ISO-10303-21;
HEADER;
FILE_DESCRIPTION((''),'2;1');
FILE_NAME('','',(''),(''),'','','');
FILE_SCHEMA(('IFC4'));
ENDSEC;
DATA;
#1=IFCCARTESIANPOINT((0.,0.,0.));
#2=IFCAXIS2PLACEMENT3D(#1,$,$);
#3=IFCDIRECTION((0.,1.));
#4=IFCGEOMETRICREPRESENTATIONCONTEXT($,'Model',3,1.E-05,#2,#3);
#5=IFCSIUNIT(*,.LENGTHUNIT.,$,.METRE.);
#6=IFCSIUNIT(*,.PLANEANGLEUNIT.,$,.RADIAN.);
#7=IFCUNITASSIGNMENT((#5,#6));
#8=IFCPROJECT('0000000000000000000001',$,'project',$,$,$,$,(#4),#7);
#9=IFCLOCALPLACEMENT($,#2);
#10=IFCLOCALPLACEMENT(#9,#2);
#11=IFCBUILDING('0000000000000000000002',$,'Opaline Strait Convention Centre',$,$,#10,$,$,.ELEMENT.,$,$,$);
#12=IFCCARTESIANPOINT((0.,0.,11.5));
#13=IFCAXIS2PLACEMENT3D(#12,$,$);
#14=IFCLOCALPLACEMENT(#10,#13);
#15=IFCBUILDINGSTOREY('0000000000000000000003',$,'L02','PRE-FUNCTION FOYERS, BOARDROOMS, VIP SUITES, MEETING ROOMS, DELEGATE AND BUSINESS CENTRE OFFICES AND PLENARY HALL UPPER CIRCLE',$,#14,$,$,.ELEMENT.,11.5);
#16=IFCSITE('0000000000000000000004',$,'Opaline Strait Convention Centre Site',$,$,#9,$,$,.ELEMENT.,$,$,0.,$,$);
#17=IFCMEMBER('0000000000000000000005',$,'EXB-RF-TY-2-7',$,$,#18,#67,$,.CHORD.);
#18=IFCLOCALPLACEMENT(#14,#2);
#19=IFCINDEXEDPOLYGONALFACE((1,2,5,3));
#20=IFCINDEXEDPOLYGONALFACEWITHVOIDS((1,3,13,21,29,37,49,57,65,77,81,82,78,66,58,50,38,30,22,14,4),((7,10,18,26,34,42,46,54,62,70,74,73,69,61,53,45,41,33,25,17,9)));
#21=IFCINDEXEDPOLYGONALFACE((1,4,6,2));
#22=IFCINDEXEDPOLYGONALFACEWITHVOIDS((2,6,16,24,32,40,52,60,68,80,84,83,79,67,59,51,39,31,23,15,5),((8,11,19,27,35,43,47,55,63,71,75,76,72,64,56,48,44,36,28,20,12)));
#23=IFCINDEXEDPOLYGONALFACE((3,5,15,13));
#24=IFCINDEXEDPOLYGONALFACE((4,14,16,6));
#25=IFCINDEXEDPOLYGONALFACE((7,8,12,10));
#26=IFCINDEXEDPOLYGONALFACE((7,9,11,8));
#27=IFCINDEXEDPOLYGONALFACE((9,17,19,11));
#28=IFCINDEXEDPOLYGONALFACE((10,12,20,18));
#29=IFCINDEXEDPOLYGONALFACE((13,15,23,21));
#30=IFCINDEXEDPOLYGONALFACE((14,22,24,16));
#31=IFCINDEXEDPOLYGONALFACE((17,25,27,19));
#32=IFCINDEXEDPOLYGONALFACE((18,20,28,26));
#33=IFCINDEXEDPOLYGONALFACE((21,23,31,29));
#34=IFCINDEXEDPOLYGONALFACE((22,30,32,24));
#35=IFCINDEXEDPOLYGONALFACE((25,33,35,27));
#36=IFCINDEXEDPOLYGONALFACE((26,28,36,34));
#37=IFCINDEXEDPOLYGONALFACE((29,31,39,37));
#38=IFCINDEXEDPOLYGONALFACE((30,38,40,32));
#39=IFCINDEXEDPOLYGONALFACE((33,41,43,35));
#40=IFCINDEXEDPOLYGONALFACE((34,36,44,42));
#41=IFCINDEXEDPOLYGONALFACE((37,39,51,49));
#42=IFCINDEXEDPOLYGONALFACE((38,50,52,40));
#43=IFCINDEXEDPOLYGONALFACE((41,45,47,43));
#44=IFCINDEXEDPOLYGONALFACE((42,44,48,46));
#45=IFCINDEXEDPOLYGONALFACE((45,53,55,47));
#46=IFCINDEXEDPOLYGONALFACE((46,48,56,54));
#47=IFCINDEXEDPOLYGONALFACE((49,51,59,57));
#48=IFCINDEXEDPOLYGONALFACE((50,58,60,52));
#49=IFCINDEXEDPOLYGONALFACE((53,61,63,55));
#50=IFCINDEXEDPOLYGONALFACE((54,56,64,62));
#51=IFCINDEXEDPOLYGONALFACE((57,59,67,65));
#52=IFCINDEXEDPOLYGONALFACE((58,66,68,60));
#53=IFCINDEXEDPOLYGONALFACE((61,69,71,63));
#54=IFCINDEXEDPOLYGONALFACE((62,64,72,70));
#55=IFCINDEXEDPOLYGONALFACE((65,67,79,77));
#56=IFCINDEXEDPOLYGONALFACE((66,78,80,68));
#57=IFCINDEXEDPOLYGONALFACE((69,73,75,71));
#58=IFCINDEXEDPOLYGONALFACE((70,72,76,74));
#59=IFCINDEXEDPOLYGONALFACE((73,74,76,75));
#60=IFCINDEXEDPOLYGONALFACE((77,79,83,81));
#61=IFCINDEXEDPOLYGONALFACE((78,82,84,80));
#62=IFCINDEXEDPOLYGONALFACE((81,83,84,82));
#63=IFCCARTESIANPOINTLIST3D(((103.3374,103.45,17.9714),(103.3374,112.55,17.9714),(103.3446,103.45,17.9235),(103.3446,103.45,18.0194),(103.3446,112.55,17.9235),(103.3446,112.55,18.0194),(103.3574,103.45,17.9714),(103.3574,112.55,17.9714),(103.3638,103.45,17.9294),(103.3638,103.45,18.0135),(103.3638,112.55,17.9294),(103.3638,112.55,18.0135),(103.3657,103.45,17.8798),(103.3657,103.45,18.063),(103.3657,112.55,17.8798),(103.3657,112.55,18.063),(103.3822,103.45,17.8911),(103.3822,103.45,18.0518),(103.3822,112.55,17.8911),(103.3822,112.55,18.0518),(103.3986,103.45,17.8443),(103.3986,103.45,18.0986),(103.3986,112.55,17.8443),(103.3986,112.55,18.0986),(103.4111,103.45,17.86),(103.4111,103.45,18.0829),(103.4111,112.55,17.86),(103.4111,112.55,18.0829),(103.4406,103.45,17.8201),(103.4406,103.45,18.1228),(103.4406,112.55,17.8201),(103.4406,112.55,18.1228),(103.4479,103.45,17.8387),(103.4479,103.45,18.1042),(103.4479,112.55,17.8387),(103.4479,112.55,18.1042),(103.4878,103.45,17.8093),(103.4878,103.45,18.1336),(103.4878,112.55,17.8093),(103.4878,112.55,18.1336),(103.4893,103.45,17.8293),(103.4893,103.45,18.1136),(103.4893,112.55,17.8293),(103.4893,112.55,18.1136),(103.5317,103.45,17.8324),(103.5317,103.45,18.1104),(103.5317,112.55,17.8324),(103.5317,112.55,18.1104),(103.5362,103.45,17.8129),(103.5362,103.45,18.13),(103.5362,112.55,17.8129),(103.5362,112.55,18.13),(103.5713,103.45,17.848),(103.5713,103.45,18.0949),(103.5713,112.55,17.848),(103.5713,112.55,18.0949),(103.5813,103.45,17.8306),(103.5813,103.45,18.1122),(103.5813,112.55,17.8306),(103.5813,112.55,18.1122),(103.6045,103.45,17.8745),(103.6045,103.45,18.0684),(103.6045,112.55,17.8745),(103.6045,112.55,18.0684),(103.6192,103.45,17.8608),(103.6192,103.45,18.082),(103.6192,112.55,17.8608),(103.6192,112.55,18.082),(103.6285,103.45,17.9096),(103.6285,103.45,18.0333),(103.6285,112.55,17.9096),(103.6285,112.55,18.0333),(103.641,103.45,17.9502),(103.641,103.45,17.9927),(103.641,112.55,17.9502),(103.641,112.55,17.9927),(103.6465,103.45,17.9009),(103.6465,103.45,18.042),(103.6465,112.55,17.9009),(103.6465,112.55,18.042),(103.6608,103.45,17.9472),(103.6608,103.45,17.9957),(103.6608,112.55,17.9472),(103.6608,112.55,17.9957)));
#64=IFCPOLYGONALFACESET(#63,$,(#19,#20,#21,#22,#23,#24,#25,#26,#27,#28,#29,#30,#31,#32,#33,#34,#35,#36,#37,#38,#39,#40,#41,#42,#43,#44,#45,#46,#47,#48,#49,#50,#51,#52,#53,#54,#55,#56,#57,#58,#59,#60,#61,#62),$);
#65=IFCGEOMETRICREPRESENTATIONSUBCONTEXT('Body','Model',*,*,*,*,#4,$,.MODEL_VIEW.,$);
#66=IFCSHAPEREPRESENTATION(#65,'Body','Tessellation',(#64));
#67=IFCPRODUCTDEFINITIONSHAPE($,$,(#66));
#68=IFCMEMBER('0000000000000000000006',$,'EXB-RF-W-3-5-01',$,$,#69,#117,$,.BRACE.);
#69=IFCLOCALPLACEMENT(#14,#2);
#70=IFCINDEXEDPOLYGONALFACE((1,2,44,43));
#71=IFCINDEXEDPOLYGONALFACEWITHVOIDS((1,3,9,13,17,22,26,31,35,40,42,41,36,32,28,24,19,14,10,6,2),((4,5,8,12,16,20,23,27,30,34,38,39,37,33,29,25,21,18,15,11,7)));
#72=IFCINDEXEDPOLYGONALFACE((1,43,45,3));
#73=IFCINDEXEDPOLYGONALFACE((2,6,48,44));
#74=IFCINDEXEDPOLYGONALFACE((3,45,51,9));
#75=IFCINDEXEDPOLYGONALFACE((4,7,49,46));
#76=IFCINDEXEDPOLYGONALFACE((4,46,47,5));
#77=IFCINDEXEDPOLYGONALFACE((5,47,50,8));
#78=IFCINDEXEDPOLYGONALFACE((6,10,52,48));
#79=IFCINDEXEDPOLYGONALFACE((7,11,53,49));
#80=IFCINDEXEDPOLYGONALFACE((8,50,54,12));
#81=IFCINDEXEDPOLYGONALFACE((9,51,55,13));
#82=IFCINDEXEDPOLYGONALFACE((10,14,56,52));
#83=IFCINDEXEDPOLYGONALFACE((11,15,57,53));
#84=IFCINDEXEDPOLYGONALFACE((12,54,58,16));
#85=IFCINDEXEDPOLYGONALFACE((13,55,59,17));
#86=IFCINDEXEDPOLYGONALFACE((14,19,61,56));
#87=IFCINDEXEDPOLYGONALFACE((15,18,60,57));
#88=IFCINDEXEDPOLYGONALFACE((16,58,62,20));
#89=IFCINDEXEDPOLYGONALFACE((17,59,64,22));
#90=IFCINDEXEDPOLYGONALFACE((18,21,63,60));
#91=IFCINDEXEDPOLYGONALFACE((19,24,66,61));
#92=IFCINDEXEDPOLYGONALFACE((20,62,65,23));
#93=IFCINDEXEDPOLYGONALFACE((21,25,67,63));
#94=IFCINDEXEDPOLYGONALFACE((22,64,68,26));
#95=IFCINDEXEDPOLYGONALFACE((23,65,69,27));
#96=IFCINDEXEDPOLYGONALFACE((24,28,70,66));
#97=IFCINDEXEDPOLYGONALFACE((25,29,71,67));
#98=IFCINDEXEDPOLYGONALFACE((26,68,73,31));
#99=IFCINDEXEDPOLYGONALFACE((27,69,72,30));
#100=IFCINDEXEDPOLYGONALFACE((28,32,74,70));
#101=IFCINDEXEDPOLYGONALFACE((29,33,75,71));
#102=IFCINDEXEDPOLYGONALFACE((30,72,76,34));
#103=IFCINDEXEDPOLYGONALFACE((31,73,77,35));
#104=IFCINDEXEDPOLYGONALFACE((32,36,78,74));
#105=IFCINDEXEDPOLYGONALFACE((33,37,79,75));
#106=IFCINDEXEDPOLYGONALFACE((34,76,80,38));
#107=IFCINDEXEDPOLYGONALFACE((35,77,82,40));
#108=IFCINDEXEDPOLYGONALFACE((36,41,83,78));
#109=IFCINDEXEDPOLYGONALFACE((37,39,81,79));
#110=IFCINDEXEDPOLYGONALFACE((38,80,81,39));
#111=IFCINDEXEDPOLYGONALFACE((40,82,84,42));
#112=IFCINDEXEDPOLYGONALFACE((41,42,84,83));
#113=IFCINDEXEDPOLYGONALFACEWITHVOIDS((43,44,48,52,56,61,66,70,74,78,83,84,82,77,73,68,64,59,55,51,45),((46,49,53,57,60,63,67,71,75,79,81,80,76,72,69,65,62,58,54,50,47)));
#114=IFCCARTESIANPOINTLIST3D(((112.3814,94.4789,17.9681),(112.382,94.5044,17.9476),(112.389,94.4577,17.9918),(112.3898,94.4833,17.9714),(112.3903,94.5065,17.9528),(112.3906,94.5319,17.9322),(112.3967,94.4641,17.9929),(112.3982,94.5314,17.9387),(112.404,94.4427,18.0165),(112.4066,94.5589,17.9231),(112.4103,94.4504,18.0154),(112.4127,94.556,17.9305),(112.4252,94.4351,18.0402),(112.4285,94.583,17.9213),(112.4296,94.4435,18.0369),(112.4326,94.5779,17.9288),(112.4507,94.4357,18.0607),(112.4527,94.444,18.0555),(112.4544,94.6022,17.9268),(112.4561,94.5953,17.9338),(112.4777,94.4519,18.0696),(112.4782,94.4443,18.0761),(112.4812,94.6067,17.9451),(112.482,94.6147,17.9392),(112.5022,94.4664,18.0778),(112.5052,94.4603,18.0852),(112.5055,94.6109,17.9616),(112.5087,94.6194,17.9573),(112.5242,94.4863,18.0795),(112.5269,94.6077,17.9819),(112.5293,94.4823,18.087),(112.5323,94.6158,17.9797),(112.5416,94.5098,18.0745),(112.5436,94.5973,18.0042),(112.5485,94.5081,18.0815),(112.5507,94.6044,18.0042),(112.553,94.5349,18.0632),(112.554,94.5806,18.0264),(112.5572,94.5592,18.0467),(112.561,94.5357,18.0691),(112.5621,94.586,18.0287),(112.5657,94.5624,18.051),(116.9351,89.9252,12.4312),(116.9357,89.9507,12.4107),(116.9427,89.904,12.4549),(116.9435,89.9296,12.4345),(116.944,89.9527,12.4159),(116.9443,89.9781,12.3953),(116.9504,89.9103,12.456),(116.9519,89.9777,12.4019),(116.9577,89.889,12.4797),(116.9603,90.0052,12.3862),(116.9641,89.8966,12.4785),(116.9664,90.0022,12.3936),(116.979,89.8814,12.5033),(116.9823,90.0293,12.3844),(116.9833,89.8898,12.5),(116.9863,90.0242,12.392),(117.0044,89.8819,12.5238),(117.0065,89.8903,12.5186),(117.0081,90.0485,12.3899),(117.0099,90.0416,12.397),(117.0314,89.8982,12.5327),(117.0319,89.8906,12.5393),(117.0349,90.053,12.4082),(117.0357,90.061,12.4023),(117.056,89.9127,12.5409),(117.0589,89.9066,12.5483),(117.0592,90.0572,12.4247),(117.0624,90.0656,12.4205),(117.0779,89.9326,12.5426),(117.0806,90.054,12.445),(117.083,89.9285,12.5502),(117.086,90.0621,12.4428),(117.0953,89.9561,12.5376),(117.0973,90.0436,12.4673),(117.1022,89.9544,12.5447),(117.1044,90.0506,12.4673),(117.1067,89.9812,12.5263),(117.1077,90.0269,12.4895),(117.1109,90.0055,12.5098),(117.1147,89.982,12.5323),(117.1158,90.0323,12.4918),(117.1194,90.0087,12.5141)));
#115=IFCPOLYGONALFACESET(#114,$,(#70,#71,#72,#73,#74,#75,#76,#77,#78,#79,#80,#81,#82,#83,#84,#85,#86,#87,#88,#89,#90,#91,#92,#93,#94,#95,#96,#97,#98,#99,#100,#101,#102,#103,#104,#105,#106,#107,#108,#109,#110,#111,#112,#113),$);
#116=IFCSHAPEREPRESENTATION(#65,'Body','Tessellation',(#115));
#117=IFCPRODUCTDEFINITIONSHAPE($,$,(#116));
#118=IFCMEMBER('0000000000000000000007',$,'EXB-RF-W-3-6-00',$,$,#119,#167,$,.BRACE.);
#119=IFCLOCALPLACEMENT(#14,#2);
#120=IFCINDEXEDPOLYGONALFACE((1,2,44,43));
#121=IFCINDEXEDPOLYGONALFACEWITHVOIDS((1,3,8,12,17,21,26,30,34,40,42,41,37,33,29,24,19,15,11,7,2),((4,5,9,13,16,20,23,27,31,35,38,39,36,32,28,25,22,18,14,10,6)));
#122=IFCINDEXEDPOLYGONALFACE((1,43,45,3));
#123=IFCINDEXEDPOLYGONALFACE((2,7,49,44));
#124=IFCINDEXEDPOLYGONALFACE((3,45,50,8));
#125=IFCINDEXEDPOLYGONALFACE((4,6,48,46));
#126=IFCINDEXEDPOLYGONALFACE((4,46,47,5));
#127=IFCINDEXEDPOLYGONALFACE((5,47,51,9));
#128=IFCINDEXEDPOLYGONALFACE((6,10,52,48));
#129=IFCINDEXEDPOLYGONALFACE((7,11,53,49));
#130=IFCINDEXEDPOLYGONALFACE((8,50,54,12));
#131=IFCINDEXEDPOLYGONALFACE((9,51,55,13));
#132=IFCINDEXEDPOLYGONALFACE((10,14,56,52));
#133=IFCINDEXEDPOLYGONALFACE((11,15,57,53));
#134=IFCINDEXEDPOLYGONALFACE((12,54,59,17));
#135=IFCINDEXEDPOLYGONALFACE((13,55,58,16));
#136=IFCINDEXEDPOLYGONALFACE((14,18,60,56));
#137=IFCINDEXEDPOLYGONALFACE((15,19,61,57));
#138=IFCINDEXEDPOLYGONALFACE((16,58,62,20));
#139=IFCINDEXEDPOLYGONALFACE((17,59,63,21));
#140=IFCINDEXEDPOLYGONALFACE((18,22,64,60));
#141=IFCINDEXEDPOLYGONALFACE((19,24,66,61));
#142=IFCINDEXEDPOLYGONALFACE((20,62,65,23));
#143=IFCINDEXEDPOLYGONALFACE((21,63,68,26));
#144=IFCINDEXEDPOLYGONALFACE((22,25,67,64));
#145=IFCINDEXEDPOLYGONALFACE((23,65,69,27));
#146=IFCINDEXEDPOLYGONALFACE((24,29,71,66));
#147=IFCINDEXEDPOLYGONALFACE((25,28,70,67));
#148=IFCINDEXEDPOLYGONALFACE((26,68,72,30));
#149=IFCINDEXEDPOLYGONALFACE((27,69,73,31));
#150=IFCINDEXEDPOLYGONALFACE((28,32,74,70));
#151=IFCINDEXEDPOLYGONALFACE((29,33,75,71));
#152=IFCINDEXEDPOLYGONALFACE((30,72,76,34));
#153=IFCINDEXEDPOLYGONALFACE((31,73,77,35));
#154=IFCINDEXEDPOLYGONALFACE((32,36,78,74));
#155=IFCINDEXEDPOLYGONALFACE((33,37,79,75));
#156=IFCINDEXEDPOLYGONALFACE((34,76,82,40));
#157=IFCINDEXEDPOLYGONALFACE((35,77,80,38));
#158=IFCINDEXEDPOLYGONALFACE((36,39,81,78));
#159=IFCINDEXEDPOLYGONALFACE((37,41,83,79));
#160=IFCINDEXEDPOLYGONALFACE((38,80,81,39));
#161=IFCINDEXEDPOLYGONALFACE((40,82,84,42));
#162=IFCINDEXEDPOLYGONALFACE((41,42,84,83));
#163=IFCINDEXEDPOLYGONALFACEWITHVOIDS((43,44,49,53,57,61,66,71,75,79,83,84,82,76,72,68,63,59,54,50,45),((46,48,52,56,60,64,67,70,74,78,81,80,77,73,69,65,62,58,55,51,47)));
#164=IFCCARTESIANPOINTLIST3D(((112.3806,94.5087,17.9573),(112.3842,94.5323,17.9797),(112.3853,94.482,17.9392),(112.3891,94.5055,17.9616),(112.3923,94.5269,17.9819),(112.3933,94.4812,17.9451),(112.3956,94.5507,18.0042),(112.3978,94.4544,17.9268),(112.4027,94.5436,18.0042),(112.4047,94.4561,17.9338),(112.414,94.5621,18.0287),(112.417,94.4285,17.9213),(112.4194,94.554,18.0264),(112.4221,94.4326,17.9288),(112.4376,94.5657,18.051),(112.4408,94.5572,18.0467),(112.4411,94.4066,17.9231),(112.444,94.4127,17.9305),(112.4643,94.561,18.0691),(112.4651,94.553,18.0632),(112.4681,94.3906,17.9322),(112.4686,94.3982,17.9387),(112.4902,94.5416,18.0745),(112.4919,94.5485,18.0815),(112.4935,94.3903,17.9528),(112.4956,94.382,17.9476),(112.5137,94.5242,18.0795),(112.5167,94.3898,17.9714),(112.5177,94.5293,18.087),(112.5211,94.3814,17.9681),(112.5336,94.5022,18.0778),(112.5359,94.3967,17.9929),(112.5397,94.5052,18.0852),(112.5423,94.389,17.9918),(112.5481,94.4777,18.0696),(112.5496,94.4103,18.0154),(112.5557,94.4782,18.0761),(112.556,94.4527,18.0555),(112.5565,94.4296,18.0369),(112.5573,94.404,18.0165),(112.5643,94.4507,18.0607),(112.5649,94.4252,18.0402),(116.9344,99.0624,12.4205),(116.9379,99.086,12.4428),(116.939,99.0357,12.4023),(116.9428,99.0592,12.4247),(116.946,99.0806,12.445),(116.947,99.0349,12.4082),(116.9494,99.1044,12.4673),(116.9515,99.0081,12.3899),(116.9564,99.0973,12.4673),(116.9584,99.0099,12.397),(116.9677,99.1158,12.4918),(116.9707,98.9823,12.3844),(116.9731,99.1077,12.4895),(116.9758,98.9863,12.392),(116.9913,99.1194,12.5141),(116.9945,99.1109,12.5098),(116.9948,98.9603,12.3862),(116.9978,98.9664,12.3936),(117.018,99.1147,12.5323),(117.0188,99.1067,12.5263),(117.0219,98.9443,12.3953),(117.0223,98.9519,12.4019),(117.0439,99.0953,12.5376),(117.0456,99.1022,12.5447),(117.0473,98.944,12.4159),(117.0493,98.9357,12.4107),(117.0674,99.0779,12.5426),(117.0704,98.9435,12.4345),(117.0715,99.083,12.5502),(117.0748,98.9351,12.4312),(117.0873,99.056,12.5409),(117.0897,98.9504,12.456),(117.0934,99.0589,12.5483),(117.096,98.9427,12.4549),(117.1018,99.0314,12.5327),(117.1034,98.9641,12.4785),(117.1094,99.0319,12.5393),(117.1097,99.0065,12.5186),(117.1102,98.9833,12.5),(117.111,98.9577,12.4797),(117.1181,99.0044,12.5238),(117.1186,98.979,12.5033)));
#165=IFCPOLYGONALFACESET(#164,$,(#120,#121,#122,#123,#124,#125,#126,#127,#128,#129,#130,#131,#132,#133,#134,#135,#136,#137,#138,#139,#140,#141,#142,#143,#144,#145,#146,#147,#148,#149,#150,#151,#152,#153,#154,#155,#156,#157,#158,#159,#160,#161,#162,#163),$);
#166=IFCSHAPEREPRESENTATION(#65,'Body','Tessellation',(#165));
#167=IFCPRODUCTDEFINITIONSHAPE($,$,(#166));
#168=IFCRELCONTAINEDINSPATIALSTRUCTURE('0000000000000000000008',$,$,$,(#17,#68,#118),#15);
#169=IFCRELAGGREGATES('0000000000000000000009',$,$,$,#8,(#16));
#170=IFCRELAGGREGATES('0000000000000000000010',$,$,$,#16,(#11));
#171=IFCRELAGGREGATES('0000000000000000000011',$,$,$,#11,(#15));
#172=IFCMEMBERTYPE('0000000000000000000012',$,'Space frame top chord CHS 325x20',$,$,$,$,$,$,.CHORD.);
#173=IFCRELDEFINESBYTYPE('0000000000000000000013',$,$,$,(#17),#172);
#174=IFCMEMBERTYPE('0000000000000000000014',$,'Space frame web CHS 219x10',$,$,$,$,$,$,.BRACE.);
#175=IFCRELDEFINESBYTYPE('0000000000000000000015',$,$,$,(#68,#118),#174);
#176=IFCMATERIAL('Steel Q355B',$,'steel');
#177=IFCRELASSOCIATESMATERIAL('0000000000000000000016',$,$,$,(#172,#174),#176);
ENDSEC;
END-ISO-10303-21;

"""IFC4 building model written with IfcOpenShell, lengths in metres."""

from ifc_helpers import new_model, si_unit, direction, frame, origin, origin_2d, place, context, subcontext, project, spatial, hollow_circle, extrude, material, material_profile, profile_set, type_object, element, save


model = new_model("IFC4")

# Units and contexts
model_context = context("Model", 3, precision=1e-05, world=origin(), true_north=direction((0.0, 1.0)))
body_context = subcontext(model_context, "Body", "Model", "MODEL_VIEW")
ifc_project = project(units=[si_unit("LENGTHUNIT", "METRE"), si_unit("PLANEANGLEUNIT", "RADIAN")], contexts=[model_context])

# Site, building, storey
site_placement = place(None, origin())
site = spatial("IfcSite", under=ifc_project, at=site_placement, Name="Opaline Strait Convention Centre Site", CompositionType="ELEMENT", RefElevation=0.0)
building_placement = place(site_placement, origin())
building = spatial("IfcBuilding", under=site, at=building_placement, Name="Opaline Strait Convention Centre", CompositionType="ELEMENT")
storey_placement = place(building_placement, frame((0.0, 0.0, 11.5)))
storey = spatial("IfcBuildingStorey", under=building, at=storey_placement, Name="L02", Description="PRE-FUNCTION FOYERS, BOARDROOMS, VIP SUITES, MEETING ROOMS, DELEGATE AND BUSINESS CENTRE OFFICES AND PLENARY HALL UPPER CIRCLE", CompositionType="ELEMENT", Elevation=11.5)

# Members
ifc_material = material(Name="Steel Q355B", Category="steel")
ifc_material_profile_1 = material_profile(ifc_material, hollow_circle(Radius=0.1626, WallThickness=0.02, at=origin_2d()), Name="CHS 325x20")
ifc_profile_set_1 = profile_set([ifc_material_profile_1], Name="Steel Q355B")
member_type_1 = type_object("IfcMemberType", Name="Space frame top chord CHS 325x20", PredefinedType="CHORD", material=ifc_profile_set_1)
for number, where, z_axis, x_axis, name in (
    (1, (103.5, 103.45, 17.9714), (0.0, 1.0, 0.0), (-1.0, 0.0, 0.0), "EXB-RF-TY-2-7"),
):
    element("IfcMember", number, at=place(storey_placement, frame(where, z_axis=z_axis, x_axis=x_axis)), inside=storey, type_object=member_type_1, Name=name, PredefinedType="CHORD", context=body_context, shape_type="SweptSolid", body=[
        extrude(hollow_circle(Radius=0.1626, WallThickness=0.02, at=origin_2d()), origin(), (0.0, 0.0, 1.0), 9.1001),
    ])
ifc_material_profile_2 = material_profile(ifc_material, hollow_circle(Radius=0.1096, WallThickness=0.01, at=origin_2d()), Name="CHS 219x10")
ifc_profile_set_2 = profile_set([ifc_material_profile_2], Name="Steel Q355B")
member_type_2 = type_object("IfcMemberType", Name="Space frame web CHS 219x10", PredefinedType="BRACE", material=ifc_profile_set_2)
for number, where, z_axis, x_axis, name in (
    (2, (112.4731, 94.5269, 18.0042), (0.536178, -0.536178, -0.65194), (0.707107, 0.707107, 0.0), "EXB-RF-W-3-5-01"),
    (3, (112.4731, 94.4731, 18.0042), (0.536178, 0.536178, -0.65194), (-0.707107, 0.707107, 0.0), "EXB-RF-W-3-6-00"),
):
    element("IfcMember", number, at=place(storey_placement, frame(where, z_axis=z_axis, x_axis=x_axis)), inside=storey, type_object=member_type_2, Name=name, PredefinedType="BRACE", context=body_context, shape_type="SweptSolid", body=[
        extrude(hollow_circle(Radius=0.1096, WallThickness=0.01, at=origin_2d()), origin(), (0.0, 0.0, 1.0), 8.4929),
    ])

save(model, "model.ifc")
